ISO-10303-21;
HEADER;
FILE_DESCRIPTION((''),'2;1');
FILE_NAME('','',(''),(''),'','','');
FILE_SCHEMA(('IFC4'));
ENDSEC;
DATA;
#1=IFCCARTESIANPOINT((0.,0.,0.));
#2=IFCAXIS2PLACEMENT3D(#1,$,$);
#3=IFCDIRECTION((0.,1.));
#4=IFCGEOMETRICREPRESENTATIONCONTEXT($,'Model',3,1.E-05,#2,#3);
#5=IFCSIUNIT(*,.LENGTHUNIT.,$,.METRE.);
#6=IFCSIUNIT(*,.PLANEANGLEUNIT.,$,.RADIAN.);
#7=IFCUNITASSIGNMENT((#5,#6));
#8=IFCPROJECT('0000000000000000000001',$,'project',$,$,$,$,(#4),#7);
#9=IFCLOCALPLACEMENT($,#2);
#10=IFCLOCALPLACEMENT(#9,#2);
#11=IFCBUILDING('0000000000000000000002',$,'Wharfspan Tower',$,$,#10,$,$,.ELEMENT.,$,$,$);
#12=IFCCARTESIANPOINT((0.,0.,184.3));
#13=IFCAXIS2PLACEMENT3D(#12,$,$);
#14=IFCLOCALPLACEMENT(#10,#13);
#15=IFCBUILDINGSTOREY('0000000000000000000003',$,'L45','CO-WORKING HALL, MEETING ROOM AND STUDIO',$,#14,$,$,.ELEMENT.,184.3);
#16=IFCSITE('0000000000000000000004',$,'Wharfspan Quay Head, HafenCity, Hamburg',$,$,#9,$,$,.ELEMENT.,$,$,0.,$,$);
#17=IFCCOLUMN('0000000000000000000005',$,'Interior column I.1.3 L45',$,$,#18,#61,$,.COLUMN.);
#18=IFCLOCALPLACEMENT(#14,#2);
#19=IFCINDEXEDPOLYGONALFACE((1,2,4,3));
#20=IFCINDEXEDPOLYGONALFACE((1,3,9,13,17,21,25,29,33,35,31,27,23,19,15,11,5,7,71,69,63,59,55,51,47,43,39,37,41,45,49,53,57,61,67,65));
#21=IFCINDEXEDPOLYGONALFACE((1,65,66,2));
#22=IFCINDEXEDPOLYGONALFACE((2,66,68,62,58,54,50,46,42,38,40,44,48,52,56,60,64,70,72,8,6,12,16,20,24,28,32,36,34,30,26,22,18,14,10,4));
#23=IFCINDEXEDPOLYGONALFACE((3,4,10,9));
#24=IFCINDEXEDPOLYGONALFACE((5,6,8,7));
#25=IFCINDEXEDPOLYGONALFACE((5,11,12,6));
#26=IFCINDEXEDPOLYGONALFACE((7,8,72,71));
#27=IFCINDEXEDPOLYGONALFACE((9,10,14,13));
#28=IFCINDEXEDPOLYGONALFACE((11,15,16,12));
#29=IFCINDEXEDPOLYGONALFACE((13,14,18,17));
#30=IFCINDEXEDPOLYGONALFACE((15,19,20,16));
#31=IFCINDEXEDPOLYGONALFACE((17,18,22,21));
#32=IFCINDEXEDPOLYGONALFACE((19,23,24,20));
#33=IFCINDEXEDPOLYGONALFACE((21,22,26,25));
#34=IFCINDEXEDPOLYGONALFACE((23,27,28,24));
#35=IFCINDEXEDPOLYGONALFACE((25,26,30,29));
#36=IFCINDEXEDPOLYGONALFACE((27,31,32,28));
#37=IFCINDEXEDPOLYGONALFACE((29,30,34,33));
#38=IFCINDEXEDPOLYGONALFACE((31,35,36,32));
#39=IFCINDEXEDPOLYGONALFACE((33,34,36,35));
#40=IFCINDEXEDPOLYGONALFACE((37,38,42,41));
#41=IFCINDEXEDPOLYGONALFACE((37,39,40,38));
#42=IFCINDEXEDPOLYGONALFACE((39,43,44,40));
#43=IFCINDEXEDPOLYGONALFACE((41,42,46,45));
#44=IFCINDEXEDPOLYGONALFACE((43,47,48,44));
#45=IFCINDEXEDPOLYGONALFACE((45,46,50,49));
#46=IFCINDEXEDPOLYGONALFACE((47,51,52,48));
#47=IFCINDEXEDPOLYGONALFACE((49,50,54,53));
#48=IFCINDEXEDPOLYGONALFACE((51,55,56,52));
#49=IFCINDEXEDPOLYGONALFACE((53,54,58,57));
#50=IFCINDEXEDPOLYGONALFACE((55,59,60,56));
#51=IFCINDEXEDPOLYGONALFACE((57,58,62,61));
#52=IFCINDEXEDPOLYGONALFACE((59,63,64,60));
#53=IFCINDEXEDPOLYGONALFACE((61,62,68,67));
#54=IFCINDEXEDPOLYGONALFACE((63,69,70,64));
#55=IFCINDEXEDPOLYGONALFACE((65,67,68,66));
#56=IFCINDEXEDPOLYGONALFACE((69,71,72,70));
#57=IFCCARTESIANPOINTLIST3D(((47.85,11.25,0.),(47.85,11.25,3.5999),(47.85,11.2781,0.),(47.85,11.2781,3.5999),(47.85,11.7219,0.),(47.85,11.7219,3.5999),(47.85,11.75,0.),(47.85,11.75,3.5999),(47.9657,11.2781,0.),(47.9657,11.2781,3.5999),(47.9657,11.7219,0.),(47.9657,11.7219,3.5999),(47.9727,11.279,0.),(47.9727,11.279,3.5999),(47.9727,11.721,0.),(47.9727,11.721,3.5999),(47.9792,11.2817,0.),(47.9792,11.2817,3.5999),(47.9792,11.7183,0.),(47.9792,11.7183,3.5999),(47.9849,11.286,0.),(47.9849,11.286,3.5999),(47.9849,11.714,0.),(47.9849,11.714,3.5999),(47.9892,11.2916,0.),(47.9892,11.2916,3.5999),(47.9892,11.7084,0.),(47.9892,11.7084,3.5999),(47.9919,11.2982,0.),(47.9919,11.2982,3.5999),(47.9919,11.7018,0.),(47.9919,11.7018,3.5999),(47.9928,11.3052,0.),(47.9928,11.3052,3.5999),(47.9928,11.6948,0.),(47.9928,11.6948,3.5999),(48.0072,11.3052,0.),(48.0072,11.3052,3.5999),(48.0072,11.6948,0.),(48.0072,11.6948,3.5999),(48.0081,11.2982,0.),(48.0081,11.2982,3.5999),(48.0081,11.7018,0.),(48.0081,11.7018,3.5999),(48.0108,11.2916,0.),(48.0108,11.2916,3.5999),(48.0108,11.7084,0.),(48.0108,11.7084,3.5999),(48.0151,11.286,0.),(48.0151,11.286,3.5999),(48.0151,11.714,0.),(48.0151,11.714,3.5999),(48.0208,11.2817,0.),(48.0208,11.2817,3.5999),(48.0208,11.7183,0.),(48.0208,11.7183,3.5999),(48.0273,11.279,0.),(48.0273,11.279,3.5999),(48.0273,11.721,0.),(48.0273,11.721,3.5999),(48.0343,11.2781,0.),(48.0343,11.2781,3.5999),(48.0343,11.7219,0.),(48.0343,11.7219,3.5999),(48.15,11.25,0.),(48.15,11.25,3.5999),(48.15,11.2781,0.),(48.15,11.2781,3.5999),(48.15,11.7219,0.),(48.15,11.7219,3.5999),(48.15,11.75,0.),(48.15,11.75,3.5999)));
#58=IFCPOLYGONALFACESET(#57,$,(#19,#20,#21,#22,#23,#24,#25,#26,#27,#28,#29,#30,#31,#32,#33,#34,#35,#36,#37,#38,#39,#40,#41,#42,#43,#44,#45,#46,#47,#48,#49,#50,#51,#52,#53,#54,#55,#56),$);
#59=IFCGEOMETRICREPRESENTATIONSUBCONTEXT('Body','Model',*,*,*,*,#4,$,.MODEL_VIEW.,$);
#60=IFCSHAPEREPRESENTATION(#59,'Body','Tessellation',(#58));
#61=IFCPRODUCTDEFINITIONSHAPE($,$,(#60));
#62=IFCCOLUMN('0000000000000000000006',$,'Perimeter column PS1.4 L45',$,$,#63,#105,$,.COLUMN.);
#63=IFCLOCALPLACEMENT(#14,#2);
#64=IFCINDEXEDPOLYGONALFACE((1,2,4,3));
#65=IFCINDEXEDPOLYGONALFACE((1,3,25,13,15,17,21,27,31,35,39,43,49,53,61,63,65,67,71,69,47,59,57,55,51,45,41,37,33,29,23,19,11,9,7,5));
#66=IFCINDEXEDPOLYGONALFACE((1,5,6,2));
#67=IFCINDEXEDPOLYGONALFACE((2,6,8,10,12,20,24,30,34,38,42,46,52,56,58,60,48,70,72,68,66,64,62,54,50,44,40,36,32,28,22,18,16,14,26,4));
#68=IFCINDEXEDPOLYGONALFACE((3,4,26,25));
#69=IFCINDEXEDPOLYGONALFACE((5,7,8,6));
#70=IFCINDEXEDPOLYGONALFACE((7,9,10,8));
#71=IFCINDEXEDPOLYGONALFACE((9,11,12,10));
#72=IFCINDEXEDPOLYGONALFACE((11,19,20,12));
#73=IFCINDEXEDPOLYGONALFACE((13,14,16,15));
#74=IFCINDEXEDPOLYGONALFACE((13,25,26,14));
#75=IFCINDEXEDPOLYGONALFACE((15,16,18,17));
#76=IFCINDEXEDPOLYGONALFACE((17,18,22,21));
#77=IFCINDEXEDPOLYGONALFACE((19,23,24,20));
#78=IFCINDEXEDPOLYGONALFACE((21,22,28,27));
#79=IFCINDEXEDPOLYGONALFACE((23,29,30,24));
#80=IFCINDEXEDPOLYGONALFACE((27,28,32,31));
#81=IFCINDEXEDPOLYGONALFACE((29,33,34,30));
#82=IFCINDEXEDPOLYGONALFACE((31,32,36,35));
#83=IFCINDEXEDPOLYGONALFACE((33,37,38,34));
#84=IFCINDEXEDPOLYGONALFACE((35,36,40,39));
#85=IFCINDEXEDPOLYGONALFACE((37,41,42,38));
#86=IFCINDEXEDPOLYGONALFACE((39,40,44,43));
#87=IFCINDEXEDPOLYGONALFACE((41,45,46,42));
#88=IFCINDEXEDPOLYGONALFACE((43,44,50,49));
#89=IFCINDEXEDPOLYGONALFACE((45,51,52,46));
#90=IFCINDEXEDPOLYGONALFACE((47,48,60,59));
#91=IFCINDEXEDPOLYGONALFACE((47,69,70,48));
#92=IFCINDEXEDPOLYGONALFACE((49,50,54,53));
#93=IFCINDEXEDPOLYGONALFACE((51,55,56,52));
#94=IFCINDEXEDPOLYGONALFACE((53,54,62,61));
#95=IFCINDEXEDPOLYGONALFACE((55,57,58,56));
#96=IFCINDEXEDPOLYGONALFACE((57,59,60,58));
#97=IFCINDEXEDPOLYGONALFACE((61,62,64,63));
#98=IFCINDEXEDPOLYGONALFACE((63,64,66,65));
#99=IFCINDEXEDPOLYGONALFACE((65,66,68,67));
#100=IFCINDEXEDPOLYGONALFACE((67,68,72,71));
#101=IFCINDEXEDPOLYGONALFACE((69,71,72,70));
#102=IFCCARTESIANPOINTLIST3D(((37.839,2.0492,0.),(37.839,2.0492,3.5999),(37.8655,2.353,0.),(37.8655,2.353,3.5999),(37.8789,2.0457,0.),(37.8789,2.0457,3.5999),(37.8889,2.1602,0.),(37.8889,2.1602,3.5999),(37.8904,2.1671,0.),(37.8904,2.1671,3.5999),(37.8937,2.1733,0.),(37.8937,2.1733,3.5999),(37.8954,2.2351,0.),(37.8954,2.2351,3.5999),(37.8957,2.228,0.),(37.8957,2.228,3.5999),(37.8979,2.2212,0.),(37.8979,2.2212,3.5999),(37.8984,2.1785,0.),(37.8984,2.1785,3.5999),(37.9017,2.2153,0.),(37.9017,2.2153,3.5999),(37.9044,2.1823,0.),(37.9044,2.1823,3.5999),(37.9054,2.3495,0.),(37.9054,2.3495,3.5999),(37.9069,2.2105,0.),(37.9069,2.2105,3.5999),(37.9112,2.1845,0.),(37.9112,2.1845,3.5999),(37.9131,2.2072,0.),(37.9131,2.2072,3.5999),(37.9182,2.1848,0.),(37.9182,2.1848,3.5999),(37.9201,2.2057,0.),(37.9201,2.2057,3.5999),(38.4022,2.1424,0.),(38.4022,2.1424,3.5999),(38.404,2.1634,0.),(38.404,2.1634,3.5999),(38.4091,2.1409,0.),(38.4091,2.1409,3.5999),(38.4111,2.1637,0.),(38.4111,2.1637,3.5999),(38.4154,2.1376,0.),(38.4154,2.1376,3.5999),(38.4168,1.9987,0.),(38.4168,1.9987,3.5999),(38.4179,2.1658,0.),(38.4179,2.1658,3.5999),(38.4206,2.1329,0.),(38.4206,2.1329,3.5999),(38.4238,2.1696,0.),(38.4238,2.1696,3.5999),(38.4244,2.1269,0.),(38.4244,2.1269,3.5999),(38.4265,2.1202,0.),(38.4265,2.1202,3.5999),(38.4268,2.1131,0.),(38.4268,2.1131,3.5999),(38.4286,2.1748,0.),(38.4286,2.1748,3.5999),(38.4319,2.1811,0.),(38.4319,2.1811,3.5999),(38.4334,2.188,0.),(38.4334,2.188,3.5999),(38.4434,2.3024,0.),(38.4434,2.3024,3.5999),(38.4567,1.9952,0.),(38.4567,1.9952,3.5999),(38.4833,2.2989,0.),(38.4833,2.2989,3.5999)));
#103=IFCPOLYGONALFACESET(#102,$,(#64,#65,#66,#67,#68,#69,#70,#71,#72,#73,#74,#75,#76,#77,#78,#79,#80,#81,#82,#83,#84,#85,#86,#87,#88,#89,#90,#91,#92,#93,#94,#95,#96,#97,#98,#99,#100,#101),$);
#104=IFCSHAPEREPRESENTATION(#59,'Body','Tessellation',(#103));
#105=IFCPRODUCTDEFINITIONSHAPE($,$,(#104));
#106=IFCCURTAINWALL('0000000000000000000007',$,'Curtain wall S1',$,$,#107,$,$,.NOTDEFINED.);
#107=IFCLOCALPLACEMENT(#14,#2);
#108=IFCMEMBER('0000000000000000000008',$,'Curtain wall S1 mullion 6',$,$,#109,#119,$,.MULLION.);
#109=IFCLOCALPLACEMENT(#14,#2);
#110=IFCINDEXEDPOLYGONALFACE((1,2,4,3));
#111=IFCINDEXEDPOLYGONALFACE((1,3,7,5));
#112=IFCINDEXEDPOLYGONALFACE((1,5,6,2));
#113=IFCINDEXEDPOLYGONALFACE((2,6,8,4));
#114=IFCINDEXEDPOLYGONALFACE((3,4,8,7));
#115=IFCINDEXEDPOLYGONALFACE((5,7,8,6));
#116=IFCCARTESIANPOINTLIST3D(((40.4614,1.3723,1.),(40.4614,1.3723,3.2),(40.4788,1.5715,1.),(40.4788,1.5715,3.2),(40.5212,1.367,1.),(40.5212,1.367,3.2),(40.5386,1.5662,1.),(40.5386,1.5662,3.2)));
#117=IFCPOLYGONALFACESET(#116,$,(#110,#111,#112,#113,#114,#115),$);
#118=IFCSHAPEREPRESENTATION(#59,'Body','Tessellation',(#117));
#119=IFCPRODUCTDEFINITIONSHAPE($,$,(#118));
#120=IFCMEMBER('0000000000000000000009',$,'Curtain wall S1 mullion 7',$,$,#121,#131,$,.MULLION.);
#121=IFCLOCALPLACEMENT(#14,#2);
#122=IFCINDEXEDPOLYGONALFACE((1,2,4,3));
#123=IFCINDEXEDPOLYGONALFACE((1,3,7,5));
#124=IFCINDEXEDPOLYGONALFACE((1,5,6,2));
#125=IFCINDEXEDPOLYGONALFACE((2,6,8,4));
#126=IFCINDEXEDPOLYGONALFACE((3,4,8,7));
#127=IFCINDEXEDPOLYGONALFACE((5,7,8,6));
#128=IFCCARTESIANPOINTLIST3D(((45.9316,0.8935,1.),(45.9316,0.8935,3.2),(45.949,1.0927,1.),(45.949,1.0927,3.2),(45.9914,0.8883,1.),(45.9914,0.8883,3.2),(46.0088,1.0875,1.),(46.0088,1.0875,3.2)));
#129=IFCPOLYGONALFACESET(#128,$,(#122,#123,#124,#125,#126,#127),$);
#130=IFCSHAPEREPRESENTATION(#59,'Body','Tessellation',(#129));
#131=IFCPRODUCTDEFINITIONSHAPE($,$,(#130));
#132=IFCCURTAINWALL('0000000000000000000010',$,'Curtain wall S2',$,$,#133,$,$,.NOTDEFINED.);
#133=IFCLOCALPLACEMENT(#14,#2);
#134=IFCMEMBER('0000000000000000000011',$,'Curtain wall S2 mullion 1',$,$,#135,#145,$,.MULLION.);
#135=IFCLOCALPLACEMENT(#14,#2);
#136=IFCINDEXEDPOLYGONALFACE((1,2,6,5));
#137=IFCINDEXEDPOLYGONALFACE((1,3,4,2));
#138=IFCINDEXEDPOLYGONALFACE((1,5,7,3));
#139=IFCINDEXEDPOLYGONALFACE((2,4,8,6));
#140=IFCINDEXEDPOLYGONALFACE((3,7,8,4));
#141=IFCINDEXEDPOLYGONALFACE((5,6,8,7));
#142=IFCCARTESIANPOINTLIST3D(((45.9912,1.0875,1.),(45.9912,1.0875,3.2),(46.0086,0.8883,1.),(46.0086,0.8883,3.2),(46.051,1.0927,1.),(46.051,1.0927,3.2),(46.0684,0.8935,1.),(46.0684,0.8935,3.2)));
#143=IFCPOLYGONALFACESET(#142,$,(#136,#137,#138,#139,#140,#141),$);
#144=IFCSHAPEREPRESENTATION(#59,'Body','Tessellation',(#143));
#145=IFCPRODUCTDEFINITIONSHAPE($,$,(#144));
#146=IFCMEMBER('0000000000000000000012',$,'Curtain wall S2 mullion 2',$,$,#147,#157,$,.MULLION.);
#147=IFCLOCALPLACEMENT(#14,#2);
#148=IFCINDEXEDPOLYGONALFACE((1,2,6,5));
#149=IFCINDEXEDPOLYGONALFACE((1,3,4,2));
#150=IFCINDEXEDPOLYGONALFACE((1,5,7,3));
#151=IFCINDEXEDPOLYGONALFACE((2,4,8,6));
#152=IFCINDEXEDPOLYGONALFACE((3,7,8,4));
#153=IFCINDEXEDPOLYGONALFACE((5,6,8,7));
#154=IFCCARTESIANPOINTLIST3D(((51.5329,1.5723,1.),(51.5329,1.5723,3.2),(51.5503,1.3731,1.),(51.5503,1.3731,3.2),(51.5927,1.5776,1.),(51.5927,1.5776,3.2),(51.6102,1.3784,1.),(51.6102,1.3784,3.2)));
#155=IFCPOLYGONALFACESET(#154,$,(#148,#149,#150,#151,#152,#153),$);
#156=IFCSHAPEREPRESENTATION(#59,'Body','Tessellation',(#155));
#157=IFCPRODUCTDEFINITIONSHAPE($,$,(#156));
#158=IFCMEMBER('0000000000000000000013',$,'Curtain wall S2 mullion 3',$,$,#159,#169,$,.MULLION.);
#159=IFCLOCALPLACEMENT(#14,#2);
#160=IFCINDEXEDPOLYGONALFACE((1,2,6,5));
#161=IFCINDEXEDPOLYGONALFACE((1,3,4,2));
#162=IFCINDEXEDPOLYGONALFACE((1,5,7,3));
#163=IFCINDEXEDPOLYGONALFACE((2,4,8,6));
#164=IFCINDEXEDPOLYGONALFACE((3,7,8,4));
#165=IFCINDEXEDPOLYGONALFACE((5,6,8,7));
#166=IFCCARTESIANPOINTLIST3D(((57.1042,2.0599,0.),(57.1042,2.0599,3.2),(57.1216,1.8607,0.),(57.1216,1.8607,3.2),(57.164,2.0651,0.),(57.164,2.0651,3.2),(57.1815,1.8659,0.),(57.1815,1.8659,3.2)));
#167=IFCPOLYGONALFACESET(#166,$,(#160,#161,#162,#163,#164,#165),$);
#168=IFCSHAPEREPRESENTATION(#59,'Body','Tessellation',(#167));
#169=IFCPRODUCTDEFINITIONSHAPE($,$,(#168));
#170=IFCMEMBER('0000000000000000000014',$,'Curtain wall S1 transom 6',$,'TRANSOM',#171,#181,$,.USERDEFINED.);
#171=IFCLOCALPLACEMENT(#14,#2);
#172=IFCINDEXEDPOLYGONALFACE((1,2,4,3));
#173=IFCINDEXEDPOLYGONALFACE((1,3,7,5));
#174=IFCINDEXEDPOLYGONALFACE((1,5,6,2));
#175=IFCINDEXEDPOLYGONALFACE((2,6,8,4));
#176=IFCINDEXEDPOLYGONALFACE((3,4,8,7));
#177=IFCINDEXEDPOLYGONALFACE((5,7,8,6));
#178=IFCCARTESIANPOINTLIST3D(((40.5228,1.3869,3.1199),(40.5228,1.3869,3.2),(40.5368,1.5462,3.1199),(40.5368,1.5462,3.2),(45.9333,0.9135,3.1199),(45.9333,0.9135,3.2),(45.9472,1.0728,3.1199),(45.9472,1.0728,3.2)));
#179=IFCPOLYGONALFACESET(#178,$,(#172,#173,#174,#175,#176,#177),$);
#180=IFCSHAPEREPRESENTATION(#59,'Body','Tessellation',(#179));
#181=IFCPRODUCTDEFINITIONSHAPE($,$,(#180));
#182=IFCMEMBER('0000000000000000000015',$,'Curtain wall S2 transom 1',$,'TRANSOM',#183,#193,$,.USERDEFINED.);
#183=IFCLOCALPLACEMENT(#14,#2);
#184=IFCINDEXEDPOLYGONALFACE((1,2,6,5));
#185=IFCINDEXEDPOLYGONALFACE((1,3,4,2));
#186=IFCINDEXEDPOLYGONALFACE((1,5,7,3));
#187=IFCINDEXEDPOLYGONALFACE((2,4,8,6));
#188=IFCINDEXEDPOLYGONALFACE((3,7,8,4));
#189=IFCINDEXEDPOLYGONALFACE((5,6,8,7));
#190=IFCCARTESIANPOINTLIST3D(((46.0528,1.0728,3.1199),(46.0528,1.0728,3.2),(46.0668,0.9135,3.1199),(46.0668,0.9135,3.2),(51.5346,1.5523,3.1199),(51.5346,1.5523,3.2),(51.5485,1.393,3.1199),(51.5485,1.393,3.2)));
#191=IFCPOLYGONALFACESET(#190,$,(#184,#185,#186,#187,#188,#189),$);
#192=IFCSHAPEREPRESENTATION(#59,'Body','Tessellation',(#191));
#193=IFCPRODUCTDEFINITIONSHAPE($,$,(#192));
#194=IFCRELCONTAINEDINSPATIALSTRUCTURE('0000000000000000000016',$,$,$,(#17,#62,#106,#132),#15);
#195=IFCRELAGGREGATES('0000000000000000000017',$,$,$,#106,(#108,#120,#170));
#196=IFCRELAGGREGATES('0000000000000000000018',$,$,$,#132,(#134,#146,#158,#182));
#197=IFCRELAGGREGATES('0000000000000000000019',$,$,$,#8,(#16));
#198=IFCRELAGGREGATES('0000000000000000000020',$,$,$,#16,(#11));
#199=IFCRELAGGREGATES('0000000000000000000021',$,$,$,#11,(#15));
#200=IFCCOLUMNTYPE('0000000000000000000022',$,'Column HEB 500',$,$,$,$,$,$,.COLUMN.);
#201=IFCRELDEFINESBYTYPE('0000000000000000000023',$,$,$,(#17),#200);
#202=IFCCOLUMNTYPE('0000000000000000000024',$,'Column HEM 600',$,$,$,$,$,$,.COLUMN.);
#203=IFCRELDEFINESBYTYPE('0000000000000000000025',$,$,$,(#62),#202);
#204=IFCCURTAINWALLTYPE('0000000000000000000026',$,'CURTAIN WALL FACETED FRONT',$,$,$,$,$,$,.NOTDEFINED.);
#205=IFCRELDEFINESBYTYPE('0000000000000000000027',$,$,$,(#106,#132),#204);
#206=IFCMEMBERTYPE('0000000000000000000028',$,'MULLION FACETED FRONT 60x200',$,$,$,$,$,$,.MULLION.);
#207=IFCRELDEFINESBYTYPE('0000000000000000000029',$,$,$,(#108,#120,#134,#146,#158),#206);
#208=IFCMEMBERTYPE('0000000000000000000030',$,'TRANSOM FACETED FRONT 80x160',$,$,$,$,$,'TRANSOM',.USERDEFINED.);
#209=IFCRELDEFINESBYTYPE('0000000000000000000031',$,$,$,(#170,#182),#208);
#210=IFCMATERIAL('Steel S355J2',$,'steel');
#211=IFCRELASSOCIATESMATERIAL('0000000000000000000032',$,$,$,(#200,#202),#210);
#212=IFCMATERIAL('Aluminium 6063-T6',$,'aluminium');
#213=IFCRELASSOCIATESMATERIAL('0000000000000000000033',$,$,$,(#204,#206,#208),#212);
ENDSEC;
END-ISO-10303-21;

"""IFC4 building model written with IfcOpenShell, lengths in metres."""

from ifc_helpers import new_model, si_unit, direction, frame, origin, origin_2d, place, context, subcontext, project, spatial, rectangle, i_section, extrude, material, material_profile, profile_set, type_object, element, aggregate, save


model = new_model("IFC4")

# Units and contexts
model_context = context("Model", 3, precision=1e-05, world=origin(), true_north=direction((0.0, 1.0)))
body_context = subcontext(model_context, "Body", "Model", "MODEL_VIEW")
ifc_project = project(units=[si_unit("LENGTHUNIT", "METRE"), si_unit("PLANEANGLEUNIT", "RADIAN")], contexts=[model_context])

# Site, building, storey
site_placement = place(None, origin())
site = spatial("IfcSite", under=ifc_project, at=site_placement, Name="Wharfspan Quay Head, HafenCity, Hamburg", CompositionType="ELEMENT", RefElevation=0.0)
building_placement = place(site_placement, origin())
building = spatial("IfcBuilding", under=site, at=building_placement, Name="Wharfspan Tower", CompositionType="ELEMENT")
storey_placement = place(building_placement, frame((0.0, 0.0, 184.3)))
storey = spatial("IfcBuildingStorey", under=building, at=storey_placement, Name="L45", Description="CO-WORKING HALL, MEETING ROOM AND STUDIO", CompositionType="ELEMENT", Elevation=184.3)

# Columns
ifc_material_1 = material(Name="Steel S355J2", Category="steel")
ifc_material_profile_1 = material_profile(ifc_material_1, i_section(OverallWidth=0.3, OverallDepth=0.5, WebThickness=0.0144, FlangeThickness=0.0281, FilletRadius=0.0271, at=origin_2d()))
ifc_profile_set_1 = profile_set([ifc_material_profile_1], Name="Steel S355J2")
column_type_1 = type_object("IfcColumnType", Name="Column HEB 500", PredefinedType="COLUMN", material=ifc_profile_set_1)
column_1_placement = place(storey_placement, frame((48.0, 11.5, 0.0), z_axis=(0.0, 0.0, 1.0), x_axis=(1.0, 0.0, 0.0)))
element("IfcColumn", 1, at=column_1_placement, inside=storey, type_object=column_type_1, Name="Interior column I.1.3 L45", PredefinedType="COLUMN", context=body_context, shape_type="SweptSolid", body=[
    extrude(i_section(OverallWidth=0.3, OverallDepth=0.5, WebThickness=0.0144, FlangeThickness=0.0281, FilletRadius=0.0271, at=origin_2d()), origin(), (0.0, 0.0, 1.0), 3.5999),
])
ifc_material_profile_2 = material_profile(ifc_material_1, i_section(OverallWidth=0.3049, OverallDepth=0.6201, WebThickness=0.021, FlangeThickness=0.04, FilletRadius=0.0271, at=origin_2d()))
ifc_profile_set_2 = profile_set([ifc_material_profile_2], Name="Steel S355J2")
column_type_2 = type_object("IfcColumnType", Name="Column HEM 600", PredefinedType="COLUMN", material=ifc_profile_set_2)
column_2_placement = place(storey_placement, frame((38.1611, 2.1741, 0.0), z_axis=(0.0, 0.0, 1.0), x_axis=(-0.087156, -0.996198, 0.0)))
element("IfcColumn", 2, at=column_2_placement, inside=storey, type_object=column_type_2, Name="Perimeter column PS1.4 L45", PredefinedType="COLUMN", context=body_context, shape_type="SweptSolid", body=[
    extrude(i_section(OverallWidth=0.3049, OverallDepth=0.6201, WebThickness=0.021, FlangeThickness=0.04, FilletRadius=0.0271, at=origin_2d()), origin(), (0.0, 0.0, 1.0), 3.5999),
])

# Curtain walls, members
ifc_material_2 = material(Name="Aluminium 6063-T6", Category="aluminium")
curtain_wall_type = type_object("IfcCurtainWallType", Name="CURTAIN WALL FACETED FRONT", PredefinedType="NOTDEFINED", material=ifc_material_2)
curtain_wall_1_placement = place(storey_placement, origin())
curtain_wall_1 = element("IfcCurtainWall", 3, at=curtain_wall_1_placement, inside=storey, type_object=curtain_wall_type, Name="Curtain wall S1", PredefinedType="NOTDEFINED")
ifc_material_profile_3 = material_profile(ifc_material_2, rectangle(XDim=0.2, YDim=0.0601, at=origin_2d()))
ifc_profile_set_3 = profile_set([ifc_material_profile_3], Name="Aluminium 6063-T6")
member_type_1 = type_object("IfcMemberType", Name="MULLION FACETED FRONT 60x200", PredefinedType="MULLION", material=ifc_profile_set_3)
member_1_placement = place(storey_placement, frame((40.5, 1.4692, 1.0), z_axis=(0.0, 0.0, 1.0), x_axis=(0.087156, 0.996198, 0.0)))
member_1 = element("IfcMember", 4, at=member_1_placement, type_object=member_type_1, Name="Curtain wall S1 mullion 6", PredefinedType="MULLION", context=body_context, shape_type="SweptSolid", body=[
    extrude(rectangle(XDim=0.2, YDim=0.0601, at=origin_2d()), origin(), (0.0, 0.0, 1.0), 2.2),
])
member_2_placement = place(storey_placement, frame((45.9702, 0.9905, 1.0), z_axis=(0.0, 0.0, 1.0), x_axis=(0.087156, 0.996198, 0.0)))
member_2 = element("IfcMember", 5, at=member_2_placement, type_object=member_type_1, Name="Curtain wall S1 mullion 7", PredefinedType="MULLION", context=body_context, shape_type="SweptSolid", body=[
    extrude(rectangle(XDim=0.2, YDim=0.0601, at=origin_2d()), origin(), (0.0, 0.0, 1.0), 2.2),
])
curtain_wall_2_placement = place(storey_placement, origin())
curtain_wall_2 = element("IfcCurtainWall", 6, at=curtain_wall_2_placement, inside=storey, type_object=curtain_wall_type, Name="Curtain wall S2", PredefinedType="NOTDEFINED")
member_3_placement = place(storey_placement, frame((46.0298, 0.9905, 1.0), z_axis=(0.0, 0.0, 1.0), x_axis=(-0.087156, 0.996198, 0.0)))
member_3 = element("IfcMember", 7, at=member_3_placement, type_object=member_type_1, Name="Curtain wall S2 mullion 1", PredefinedType="MULLION", context=body_context, shape_type="SweptSolid", body=[
    extrude(rectangle(XDim=0.2, YDim=0.0601, at=origin_2d()), origin(), (0.0, 0.0, 1.0), 2.2),
])
member_4_placement = place(storey_placement, frame((51.5715, 1.4753, 1.0), z_axis=(0.0, 0.0, 1.0), x_axis=(-0.087156, 0.996198, 0.0)))
member_4 = element("IfcMember", 8, at=member_4_placement, type_object=member_type_1, Name="Curtain wall S2 mullion 2", PredefinedType="MULLION", context=body_context, shape_type="SweptSolid", body=[
    extrude(rectangle(XDim=0.2, YDim=0.0601, at=origin_2d()), origin(), (0.0, 0.0, 1.0), 2.2),
])
member_5_placement = place(storey_placement, frame((57.1428, 1.9629, 0.0), z_axis=(0.0, 0.0, 1.0), x_axis=(-0.087156, 0.996198, 0.0)))
member_5 = element("IfcMember", 9, at=member_5_placement, type_object=member_type_1, Name="Curtain wall S2 mullion 3", PredefinedType="MULLION", context=body_context, shape_type="SweptSolid", body=[
    extrude(rectangle(XDim=0.2, YDim=0.0601, at=origin_2d()), origin(), (0.0, 0.0, 1.0), 3.2),
])

# Members
ifc_material_profile_4 = material_profile(ifc_material_2, rectangle(XDim=0.1599, YDim=0.0801, at=origin_2d()))
ifc_profile_set_4 = profile_set([ifc_material_profile_4], Name="Aluminium 6063-T6")
member_type_2 = type_object("IfcMemberType", Name="TRANSOM FACETED FRONT 80x160", ElementType="TRANSOM", PredefinedType="USERDEFINED", material=ifc_profile_set_4)
member_6_placement = place(storey_placement, frame((40.5298, 1.4666, 3.1599), z_axis=(0.996194, -0.087163, 0.0), x_axis=(0.087163, 0.996194, 0.0)))
member_6 = element("IfcMember", 10, at=member_6_placement, type_object=member_type_2, Name="Curtain wall S1 transom 6", ObjectType="TRANSOM", PredefinedType="USERDEFINED", context=body_context, shape_type="SweptSolid", body=[
    extrude(rectangle(XDim=0.1599, YDim=0.0801, at=origin_2d()), origin(), (0.0, 0.0, 1.0), 5.4312),
])
member_7_placement = place(storey_placement, frame((46.0598, 0.9932, 3.1599), z_axis=(0.996196, 0.087139, 0.0), x_axis=(-0.087139, 0.996196, 0.0)))
member_7 = element("IfcMember", 11, at=member_7_placement, type_object=member_type_2, Name="Curtain wall S2 transom 1", ObjectType="TRANSOM", PredefinedType="USERDEFINED", context=body_context, shape_type="SweptSolid", body=[
    extrude(rectangle(XDim=0.1599, YDim=0.0801, at=origin_2d()), origin(), (0.0, 0.0, 1.0), 5.5027),
])

aggregate(curtain_wall_1, [member_1, member_2, member_6])
aggregate(curtain_wall_2, [member_3, member_4, member_5, member_7])

save(model, "model.ifc")
